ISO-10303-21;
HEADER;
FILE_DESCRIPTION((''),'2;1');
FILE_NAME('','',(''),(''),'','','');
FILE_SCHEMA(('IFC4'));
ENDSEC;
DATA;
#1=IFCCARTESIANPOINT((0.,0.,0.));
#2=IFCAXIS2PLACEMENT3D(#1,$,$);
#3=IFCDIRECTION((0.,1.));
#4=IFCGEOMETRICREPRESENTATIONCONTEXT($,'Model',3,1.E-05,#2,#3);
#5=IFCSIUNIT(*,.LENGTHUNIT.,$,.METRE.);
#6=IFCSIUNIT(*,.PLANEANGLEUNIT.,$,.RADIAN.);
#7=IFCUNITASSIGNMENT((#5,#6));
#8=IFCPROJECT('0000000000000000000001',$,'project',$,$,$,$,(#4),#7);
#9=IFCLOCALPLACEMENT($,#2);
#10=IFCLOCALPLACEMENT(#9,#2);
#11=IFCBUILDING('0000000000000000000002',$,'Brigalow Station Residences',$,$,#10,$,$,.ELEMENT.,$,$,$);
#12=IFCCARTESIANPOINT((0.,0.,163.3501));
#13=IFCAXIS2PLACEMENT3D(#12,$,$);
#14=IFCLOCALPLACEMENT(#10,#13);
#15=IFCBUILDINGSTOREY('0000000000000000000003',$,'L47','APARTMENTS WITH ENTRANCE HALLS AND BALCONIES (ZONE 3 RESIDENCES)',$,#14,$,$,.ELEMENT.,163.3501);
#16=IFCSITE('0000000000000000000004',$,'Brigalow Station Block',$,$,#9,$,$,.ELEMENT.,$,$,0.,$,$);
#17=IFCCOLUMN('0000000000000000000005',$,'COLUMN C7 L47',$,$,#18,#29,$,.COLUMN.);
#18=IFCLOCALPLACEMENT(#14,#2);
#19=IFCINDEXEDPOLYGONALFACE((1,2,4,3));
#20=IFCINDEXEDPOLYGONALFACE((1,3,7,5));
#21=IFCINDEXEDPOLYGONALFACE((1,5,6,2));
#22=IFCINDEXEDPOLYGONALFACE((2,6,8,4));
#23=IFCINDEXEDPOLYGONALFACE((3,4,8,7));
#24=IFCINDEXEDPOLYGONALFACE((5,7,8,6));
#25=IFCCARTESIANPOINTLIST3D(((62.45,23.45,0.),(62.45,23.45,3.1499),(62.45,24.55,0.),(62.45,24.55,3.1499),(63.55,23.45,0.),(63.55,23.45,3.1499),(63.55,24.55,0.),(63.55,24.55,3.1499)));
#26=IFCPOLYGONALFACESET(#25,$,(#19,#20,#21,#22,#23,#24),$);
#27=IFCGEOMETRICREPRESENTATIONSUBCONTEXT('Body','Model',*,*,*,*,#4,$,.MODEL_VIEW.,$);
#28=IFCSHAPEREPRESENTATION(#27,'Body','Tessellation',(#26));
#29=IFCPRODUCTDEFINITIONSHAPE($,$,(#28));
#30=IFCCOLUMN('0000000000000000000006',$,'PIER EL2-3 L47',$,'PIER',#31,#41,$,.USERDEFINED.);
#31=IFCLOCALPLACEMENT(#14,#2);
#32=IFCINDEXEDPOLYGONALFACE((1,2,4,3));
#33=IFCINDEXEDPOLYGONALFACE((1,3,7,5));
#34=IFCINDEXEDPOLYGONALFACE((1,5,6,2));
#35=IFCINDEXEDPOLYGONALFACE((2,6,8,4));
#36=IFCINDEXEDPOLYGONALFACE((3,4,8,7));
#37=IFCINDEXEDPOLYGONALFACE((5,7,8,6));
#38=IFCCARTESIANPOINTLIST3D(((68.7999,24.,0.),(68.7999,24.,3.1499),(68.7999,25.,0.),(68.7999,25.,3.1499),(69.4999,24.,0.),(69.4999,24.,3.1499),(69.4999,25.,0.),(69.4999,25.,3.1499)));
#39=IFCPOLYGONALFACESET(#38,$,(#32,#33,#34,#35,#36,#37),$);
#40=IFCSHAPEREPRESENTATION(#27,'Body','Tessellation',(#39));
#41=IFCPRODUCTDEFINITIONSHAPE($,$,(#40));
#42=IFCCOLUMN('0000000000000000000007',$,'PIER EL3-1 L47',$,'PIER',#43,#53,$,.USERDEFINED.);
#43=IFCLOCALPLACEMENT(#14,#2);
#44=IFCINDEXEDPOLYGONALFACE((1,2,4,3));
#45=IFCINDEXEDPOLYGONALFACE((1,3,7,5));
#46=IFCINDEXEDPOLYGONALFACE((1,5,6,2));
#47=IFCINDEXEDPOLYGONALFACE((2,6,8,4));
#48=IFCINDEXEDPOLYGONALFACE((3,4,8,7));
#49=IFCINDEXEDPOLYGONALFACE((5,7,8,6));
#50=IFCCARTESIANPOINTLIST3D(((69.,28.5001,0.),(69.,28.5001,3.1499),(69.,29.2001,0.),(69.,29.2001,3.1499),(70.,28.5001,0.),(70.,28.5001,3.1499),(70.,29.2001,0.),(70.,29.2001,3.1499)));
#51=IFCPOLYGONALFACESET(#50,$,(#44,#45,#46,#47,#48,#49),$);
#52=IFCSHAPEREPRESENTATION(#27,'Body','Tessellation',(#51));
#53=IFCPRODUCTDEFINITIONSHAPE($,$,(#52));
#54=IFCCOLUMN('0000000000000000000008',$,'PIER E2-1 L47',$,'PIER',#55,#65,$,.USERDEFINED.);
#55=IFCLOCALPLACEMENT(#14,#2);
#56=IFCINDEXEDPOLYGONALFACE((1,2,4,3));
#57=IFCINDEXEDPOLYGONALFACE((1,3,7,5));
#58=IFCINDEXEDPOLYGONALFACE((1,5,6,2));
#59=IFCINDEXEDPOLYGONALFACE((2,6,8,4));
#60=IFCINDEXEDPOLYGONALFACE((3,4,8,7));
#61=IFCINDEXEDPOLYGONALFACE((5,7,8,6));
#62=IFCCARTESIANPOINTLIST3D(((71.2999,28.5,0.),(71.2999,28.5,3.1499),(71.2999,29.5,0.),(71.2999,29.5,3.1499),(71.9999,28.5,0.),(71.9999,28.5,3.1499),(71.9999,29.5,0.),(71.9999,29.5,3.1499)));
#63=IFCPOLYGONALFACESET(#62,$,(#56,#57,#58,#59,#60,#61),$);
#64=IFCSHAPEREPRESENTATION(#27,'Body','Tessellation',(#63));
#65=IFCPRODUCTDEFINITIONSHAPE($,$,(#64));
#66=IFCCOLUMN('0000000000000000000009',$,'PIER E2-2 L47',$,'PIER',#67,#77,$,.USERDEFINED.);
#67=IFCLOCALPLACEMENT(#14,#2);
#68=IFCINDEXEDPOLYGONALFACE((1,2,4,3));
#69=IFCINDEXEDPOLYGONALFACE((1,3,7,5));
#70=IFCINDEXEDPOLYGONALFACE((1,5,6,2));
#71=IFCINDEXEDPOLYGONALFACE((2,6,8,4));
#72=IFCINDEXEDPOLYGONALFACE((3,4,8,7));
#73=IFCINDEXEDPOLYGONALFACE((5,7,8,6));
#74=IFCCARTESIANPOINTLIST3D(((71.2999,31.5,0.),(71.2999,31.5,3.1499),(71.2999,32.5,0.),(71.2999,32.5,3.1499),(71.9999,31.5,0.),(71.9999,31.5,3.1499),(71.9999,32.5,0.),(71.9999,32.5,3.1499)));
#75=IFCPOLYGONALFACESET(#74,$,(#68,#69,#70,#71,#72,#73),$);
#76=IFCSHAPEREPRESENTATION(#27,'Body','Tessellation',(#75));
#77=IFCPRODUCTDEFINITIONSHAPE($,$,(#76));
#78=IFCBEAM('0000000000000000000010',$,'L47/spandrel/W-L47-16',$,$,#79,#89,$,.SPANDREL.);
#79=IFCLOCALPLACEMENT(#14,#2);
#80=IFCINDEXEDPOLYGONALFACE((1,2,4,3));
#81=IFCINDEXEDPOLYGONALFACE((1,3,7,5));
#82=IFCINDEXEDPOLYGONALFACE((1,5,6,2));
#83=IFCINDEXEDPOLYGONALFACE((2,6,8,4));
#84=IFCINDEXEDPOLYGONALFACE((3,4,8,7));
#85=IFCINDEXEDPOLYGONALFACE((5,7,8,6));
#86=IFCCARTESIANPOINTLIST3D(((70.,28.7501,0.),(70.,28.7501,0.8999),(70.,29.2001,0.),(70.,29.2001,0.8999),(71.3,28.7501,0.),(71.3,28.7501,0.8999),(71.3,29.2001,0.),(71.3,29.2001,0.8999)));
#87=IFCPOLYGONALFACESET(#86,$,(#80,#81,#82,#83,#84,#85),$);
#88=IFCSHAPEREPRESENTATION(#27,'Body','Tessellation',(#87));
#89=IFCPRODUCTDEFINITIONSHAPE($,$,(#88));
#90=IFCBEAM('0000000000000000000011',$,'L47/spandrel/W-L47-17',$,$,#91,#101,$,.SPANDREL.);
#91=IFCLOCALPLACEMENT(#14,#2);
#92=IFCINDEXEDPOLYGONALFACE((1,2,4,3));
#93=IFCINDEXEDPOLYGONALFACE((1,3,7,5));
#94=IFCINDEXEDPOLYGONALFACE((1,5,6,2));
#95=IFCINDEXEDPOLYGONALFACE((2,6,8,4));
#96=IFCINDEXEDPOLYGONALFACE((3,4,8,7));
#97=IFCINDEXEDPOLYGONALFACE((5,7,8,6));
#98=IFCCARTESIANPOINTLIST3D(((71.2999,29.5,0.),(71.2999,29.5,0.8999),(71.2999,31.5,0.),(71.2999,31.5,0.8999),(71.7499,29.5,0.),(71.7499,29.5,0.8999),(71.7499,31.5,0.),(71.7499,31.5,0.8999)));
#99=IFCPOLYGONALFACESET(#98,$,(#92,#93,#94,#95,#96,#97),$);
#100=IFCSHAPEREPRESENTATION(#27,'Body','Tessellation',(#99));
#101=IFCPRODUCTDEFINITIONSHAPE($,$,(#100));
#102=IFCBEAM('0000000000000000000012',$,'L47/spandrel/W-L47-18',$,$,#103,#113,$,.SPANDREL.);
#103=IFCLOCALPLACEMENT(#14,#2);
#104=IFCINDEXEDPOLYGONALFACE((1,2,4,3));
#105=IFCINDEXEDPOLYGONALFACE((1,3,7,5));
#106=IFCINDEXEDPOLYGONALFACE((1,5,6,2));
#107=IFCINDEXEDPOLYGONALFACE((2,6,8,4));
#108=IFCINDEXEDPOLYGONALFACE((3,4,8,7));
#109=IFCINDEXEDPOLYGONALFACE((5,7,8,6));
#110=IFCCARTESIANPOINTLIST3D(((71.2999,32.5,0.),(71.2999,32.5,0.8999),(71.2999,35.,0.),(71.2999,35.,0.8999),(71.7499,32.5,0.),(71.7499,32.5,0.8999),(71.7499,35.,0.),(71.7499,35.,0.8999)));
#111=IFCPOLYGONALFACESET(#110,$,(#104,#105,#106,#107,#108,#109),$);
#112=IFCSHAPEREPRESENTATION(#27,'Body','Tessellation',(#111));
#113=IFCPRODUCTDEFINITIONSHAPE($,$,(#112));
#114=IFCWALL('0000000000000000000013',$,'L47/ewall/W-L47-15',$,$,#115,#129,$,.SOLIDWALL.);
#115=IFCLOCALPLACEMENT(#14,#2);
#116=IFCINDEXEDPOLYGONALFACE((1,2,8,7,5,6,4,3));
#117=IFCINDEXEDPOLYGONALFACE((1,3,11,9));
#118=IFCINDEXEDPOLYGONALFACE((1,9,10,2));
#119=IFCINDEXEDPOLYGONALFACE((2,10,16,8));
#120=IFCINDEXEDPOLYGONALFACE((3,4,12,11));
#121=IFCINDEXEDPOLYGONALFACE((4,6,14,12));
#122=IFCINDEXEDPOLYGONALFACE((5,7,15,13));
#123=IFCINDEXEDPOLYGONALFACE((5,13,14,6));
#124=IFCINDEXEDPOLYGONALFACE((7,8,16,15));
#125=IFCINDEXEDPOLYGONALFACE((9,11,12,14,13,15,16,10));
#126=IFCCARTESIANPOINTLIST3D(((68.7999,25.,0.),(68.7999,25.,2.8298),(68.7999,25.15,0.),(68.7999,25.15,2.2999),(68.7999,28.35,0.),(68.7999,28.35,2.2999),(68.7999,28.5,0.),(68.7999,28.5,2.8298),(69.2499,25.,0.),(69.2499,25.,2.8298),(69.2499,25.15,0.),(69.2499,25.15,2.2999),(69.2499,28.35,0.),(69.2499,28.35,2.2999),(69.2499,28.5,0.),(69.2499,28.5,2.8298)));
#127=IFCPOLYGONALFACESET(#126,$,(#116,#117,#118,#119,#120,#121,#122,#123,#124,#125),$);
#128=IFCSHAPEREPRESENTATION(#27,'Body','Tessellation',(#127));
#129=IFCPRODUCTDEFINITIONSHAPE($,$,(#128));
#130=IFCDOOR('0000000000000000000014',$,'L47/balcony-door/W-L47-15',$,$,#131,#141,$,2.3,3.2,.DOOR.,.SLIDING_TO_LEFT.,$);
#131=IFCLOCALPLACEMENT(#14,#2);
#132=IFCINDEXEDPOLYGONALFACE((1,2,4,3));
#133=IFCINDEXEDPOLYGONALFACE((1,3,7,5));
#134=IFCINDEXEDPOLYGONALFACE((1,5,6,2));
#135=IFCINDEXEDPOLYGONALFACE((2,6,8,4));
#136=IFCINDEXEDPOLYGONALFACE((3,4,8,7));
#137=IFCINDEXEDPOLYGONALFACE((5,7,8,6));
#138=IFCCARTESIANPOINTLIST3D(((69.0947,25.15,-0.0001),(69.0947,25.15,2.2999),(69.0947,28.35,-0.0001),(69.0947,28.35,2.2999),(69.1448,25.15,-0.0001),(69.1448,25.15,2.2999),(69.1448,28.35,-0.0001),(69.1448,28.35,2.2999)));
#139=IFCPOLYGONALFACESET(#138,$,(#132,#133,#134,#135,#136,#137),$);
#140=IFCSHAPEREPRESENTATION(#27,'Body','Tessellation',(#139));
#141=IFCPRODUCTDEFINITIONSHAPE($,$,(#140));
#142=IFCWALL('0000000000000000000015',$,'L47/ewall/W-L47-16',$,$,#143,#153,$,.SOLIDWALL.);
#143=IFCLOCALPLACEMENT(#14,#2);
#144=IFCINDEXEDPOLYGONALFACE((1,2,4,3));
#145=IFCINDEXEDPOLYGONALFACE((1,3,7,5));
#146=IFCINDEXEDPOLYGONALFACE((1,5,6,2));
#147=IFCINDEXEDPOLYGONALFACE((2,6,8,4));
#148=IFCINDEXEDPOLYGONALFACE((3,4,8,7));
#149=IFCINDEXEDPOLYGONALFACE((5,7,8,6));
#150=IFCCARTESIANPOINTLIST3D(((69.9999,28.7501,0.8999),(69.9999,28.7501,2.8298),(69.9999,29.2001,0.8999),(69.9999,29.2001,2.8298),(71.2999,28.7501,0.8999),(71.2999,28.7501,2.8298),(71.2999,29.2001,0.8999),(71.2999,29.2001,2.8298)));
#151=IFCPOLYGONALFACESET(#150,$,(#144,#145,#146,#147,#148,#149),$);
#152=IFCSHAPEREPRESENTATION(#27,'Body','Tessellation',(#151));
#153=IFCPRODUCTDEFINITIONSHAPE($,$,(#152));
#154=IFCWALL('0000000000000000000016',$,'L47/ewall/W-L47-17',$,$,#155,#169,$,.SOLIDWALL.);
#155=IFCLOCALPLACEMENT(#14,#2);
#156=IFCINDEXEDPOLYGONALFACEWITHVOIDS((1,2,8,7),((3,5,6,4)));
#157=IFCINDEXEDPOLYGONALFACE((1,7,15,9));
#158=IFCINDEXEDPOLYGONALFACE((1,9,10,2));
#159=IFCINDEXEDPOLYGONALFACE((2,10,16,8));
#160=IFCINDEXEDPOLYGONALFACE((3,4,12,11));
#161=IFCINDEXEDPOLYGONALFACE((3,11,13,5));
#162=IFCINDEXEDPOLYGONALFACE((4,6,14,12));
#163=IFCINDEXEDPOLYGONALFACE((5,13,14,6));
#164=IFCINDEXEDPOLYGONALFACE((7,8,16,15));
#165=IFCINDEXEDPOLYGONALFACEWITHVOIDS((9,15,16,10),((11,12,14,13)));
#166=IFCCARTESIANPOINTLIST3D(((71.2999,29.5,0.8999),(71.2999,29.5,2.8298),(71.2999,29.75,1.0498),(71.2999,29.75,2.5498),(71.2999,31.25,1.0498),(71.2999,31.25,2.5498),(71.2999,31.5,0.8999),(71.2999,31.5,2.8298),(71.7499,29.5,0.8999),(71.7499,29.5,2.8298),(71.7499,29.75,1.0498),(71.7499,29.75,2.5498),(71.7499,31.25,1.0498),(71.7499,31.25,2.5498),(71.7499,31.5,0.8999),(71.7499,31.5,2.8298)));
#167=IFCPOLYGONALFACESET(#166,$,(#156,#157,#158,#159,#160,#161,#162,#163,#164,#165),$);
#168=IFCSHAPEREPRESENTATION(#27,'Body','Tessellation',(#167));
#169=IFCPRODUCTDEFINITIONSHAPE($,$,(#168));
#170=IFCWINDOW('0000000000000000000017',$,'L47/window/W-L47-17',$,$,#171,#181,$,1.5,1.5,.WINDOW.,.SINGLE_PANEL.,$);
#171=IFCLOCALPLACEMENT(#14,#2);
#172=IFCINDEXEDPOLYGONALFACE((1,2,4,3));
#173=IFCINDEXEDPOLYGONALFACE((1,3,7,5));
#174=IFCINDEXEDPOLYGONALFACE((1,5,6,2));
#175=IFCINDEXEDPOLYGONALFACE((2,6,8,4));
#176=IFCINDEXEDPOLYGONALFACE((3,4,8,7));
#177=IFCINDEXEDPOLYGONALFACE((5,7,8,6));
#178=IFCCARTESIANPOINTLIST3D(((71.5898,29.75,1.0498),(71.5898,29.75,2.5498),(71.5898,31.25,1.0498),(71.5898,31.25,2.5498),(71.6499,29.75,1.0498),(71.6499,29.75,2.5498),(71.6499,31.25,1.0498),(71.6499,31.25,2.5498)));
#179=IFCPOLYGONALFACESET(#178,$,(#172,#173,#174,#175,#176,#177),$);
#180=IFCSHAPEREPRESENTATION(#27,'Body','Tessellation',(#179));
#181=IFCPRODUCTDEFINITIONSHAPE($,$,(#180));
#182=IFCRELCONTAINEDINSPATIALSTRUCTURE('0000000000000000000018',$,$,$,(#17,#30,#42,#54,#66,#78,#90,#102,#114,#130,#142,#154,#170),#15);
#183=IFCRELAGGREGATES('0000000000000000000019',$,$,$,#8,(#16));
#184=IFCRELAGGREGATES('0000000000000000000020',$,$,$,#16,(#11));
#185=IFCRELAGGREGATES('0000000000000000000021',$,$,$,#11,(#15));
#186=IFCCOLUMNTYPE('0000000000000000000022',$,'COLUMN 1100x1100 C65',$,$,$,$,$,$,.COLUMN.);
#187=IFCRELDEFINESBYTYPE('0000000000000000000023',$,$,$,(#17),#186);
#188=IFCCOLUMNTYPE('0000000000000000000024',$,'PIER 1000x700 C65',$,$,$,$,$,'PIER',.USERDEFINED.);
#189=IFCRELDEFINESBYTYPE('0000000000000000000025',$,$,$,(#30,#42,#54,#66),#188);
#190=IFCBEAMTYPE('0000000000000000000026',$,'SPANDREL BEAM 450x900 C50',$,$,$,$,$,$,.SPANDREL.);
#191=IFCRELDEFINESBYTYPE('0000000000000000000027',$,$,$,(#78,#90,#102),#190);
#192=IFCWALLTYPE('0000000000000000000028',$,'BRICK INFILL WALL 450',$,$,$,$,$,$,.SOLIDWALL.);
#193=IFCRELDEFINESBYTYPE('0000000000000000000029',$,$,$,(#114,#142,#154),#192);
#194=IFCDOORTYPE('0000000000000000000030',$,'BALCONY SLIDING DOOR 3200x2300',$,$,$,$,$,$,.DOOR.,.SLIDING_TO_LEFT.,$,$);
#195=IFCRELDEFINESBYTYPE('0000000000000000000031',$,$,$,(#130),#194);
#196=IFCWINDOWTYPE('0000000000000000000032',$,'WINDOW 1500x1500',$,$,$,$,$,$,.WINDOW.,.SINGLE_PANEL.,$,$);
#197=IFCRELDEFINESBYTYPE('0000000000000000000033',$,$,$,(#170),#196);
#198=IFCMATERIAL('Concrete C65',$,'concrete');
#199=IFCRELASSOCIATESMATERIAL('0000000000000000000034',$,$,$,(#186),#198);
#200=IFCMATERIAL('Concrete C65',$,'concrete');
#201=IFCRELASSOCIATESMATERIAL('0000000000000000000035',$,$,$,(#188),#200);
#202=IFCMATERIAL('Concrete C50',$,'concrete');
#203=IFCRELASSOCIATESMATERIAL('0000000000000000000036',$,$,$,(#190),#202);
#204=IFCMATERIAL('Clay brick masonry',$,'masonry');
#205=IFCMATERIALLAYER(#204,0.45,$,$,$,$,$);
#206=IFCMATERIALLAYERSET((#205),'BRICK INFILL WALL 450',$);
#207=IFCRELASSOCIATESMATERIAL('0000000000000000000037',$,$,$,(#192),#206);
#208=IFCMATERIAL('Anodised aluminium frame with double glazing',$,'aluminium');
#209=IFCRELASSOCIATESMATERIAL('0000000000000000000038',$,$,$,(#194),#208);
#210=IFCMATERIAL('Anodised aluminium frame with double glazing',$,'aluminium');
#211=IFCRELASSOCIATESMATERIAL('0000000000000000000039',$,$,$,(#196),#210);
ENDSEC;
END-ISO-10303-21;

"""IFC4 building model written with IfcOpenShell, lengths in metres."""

from ifc_helpers import new_model, si_unit, direction, frame, frame_2d, origin, origin_2d, place, context, subcontext, project, spatial, rectangle, extrude, material, layer, layer_set, material_profile, profile_set, type_object, element, fill, save


model = new_model("IFC4")

# Units and contexts
model_context = context("Model", 3, precision=1e-05, world=origin(), true_north=direction((0.0, 1.0)))
body_context = subcontext(model_context, "Body", "Model", "MODEL_VIEW")
ifc_project = project(units=[si_unit("LENGTHUNIT", "METRE"), si_unit("PLANEANGLEUNIT", "RADIAN")], contexts=[model_context])

# Site, building, storey
site_placement = place(None, origin())
site = spatial("IfcSite", under=ifc_project, at=site_placement, Name="Brigalow Station Block", CompositionType="ELEMENT", RefElevation=0.0)
building_placement = place(site_placement, origin())
building = spatial("IfcBuilding", under=site, at=building_placement, Name="Brigalow Station Residences", CompositionType="ELEMENT")
storey_placement = place(building_placement, frame((0.0, 0.0, 163.3501)))
storey = spatial("IfcBuildingStorey", under=building, at=storey_placement, Name="L47", Description="APARTMENTS WITH ENTRANCE HALLS AND BALCONIES (ZONE 3 RESIDENCES)", CompositionType="ELEMENT", Elevation=163.3501)

# Columns
ifc_material_1 = material(Name="Concrete C65", Category="concrete")
ifc_material_profile_1 = material_profile(ifc_material_1, rectangle(XDim=1.1001, YDim=1.1001, at=origin_2d()), Name="RC1100x1100")
ifc_profile_set_1 = profile_set([ifc_material_profile_1], Name="Concrete C65")
column_type_1 = type_object("IfcColumnType", Name="COLUMN 1100x1100 C65", PredefinedType="COLUMN", material=ifc_profile_set_1)
column_placement = place(storey_placement, frame((63.0, 24.0, 0.0), z_axis=(0.0, 0.0, 1.0), x_axis=(1.0, 0.0, 0.0)))
element("IfcColumn", 1, at=column_placement, inside=storey, type_object=column_type_1, Name="COLUMN C7 L47", PredefinedType="COLUMN", context=body_context, shape_type="SweptSolid", body=[
    extrude(rectangle(XDim=1.1001, YDim=1.1001, at=origin_2d()), origin(), (0.0, 0.0, 1.0), 3.1499),
])
ifc_material_2 = material(Name="Concrete C65", Category="concrete")
ifc_material_profile_2 = material_profile(ifc_material_2, rectangle(XDim=1.0, YDim=0.7, at=origin_2d()), Name="RC1000x700")
ifc_profile_set_2 = profile_set([ifc_material_profile_2], Name="Concrete C65")
column_type_2 = type_object("IfcColumnType", Name="PIER 1000x700 C65", ElementType="PIER", PredefinedType="USERDEFINED", material=ifc_profile_set_2)
for number, where, z_axis, x_axis, name in (
    (2, (69.1499, 24.5, 0.0), (0.0, 0.0, 1.0), (0.0, 1.0, 0.0), "PIER EL2-3 L47"),
    (3, (69.5, 28.8501, 0.0), (0.0, 0.0, 1.0), (1.0, 0.0, 0.0), "PIER EL3-1 L47"),
    (4, (71.6499, 29.0, 0.0), (0.0, 0.0, 1.0), (0.0, 1.0, 0.0), "PIER E2-1 L47"),
    (5, (71.6499, 32.0, 0.0), (0.0, 0.0, 1.0), (0.0, 1.0, 0.0), "PIER E2-2 L47"),
):
    element("IfcColumn", number, at=place(storey_placement, frame(where, z_axis=z_axis, x_axis=x_axis)), inside=storey, type_object=column_type_2, Name=name, ObjectType="PIER", PredefinedType="USERDEFINED", context=body_context, shape_type="SweptSolid", body=[
        extrude(rectangle(XDim=1.0, YDim=0.7, at=origin_2d()), origin(), (0.0, 0.0, 1.0), 3.1499),
    ])

# Beams
ifc_material_3 = material(Name="Concrete C50", Category="concrete")
ifc_material_profile_3 = material_profile(ifc_material_3, rectangle(XDim=0.45, YDim=0.8999, at=origin_2d()), Name="RC450x900")
ifc_profile_set_3 = profile_set([ifc_material_profile_3], Name="Concrete C50")
beam_type = type_object("IfcBeamType", Name="SPANDREL BEAM 450x900 C50", PredefinedType="SPANDREL", material=ifc_profile_set_3)
beam_1_placement = place(storey_placement, frame((70.0, 28.9751, 0.45), z_axis=(1.0, 0.0, 0.0), x_axis=(0.0, 1.0, 0.0)))
element("IfcBeam", 6, at=beam_1_placement, inside=storey, type_object=beam_type, Name="L47/spandrel/W-L47-16", PredefinedType="SPANDREL", context=body_context, shape_type="SweptSolid", body=[
    extrude(rectangle(XDim=0.45, YDim=0.8999, at=origin_2d()), origin(), (0.0, 0.0, 1.0), 1.3),
])
beam_2_placement = place(storey_placement, frame((71.5249, 29.5, 0.45), z_axis=(0.0, 1.0, 0.0), x_axis=(-1.0, 0.0, 0.0)))
element("IfcBeam", 7, at=beam_2_placement, inside=storey, type_object=beam_type, Name="L47/spandrel/W-L47-17", PredefinedType="SPANDREL", context=body_context, shape_type="SweptSolid", body=[
    extrude(rectangle(XDim=0.45, YDim=0.8999, at=origin_2d()), origin(), (0.0, 0.0, 1.0), 2.0),
])
beam_3_placement = place(storey_placement, frame((71.5249, 32.5, 0.45), z_axis=(0.0, 1.0, 0.0), x_axis=(-1.0, 0.0, 0.0)))
element("IfcBeam", 8, at=beam_3_placement, inside=storey, type_object=beam_type, Name="L47/spandrel/W-L47-18", PredefinedType="SPANDREL", context=body_context, shape_type="SweptSolid", body=[
    extrude(rectangle(XDim=0.45, YDim=0.8999, at=origin_2d()), origin(), (0.0, 0.0, 1.0), 2.5),
])

# Wall, opening, door
ifc_material_4 = material(Name="Clay brick masonry", Category="masonry")
ifc_layer_1 = layer(ifc_material_4, 0.45)
ifc_layer_set_1 = layer_set([ifc_layer_1], Name="BRICK INFILL WALL 450")
wall_type_1 = type_object("IfcWallType", Name="BRICK INFILL WALL 450", PredefinedType="SOLIDWALL", material=ifc_layer_set_1)
wall_1_placement = place(storey_placement, frame((69.0249, 25.0, 0.0), z_axis=(0.0, 0.0, 1.0), x_axis=(0.0, 1.0, 0.0)))
wall_1 = element("IfcWall", 9, at=wall_1_placement, inside=storey, type_object=wall_type_1, Name="L47/ewall/W-L47-15", PredefinedType="SOLIDWALL", context=body_context, shape_type="SweptSolid", body=[
    extrude(rectangle(XDim=3.5, YDim=0.45, at=frame_2d((1.75, 0.0))), origin(), (0.0, 0.0, 1.0), 2.8298),
])
opening_1_placement = place(wall_1_placement, frame((0.1499, 0.0, 0.0)))
opening_1 = element("IfcOpeningElement", 10, at=opening_1_placement, cuts=wall_1, PredefinedType="OPENING", context=body_context, shape_type="SweptSolid", body=[
    extrude(rectangle(XDim=3.2, YDim=2.3, at=frame_2d((1.6001, 1.1499))), frame((0.0, 0.2349, 0.0), z_axis=(0.0, -1.0, 0.0), x_axis=(1.0, 0.0, 0.0)), (0.0, 0.0, 1.0), 0.47),
])
ifc_material_5 = material(Name="Anodised aluminium frame with double glazing", Category="aluminium")
door_type_1 = type_object("IfcDoorType", Name="BALCONY SLIDING DOOR 3200x2300", OperationType="SLIDING_TO_LEFT", PredefinedType="DOOR", material=ifc_material_5)
door_1_placement = place(opening_1_placement, origin())
door_1 = element("IfcDoor", 11, at=door_1_placement, inside=storey, type_object=door_type_1, Name="L47/balcony-door/W-L47-15", OperationType="SLIDING_TO_LEFT", OverallHeight=2.3, OverallWidth=3.2, PredefinedType="DOOR", context=body_context, shape_type="SweptSolid", body=[
    extrude(rectangle(XDim=3.2, YDim=2.3, at=frame_2d((1.6001, 1.1499))), frame((0.0, -0.0698, 0.0), z_axis=(0.0, -1.0, 0.0), x_axis=(1.0, 0.0, 0.0)), (0.0, 0.0, 1.0), 0.05),
])
fill(opening_1, door_1)

# Wall
wall_2_placement = place(storey_placement, frame((70.0, 28.9751, 0.8999), z_axis=(0.0, 0.0, 1.0), x_axis=(1.0, 0.0, 0.0)))
element("IfcWall", 12, at=wall_2_placement, inside=storey, type_object=wall_type_1, Name="L47/ewall/W-L47-16", PredefinedType="SOLIDWALL", context=body_context, shape_type="SweptSolid", body=[
    extrude(rectangle(XDim=1.3, YDim=0.45, at=frame_2d((0.6499, 0.0))), origin(), (0.0, 0.0, 1.0), 1.9299),
])

# Wall, opening, window
wall_3_placement = place(storey_placement, frame((71.5249, 29.5, 0.8999), z_axis=(0.0, 0.0, 1.0), x_axis=(0.0, 1.0, 0.0)))
wall_3 = element("IfcWall", 13, at=wall_3_placement, inside=storey, type_object=wall_type_1, Name="L47/ewall/W-L47-17", PredefinedType="SOLIDWALL", context=body_context, shape_type="SweptSolid", body=[
    extrude(rectangle(XDim=2.0, YDim=0.45, at=frame_2d((1.0, 0.0))), origin(), (0.0, 0.0, 1.0), 1.9299),
])
opening_2_placement = place(wall_3_placement, frame((0.25, 0.0, 0.1499)))
opening_2 = element("IfcOpeningElement", 14, at=opening_2_placement, cuts=wall_3, PredefinedType="OPENING", context=body_context, shape_type="SweptSolid", body=[
    extrude(rectangle(XDim=1.5, YDim=1.5, at=frame_2d((0.75, 0.75))), frame((0.0, 0.2349, 0.0), z_axis=(0.0, -1.0, 0.0), x_axis=(1.0, 0.0, 0.0)), (0.0, 0.0, 1.0), 0.47),
])
ifc_material_6 = material(Name="Anodised aluminium frame with double glazing", Category="aluminium")
window_type_1 = type_object("IfcWindowType", Name="WINDOW 1500x1500", PartitioningType="SINGLE_PANEL", PredefinedType="WINDOW", material=ifc_material_6)
window_1_placement = place(opening_2_placement, origin())
window_1 = element("IfcWindow", 15, at=window_1_placement, inside=storey, type_object=window_type_1, Name="L47/window/W-L47-17", OverallHeight=1.5, OverallWidth=1.5, PartitioningType="SINGLE_PANEL", PredefinedType="WINDOW", context=body_context, shape_type="SweptSolid", body=[
    extrude(rectangle(XDim=1.5, YDim=1.5, at=frame_2d((0.75, 0.75))), frame((0.0, -0.0649, 0.0), z_axis=(0.0, -1.0, 0.0), x_axis=(1.0, 0.0, 0.0)), (0.0, 0.0, 1.0), 0.0601),
])
fill(opening_2, window_1)

save(model, "model.ifc")
